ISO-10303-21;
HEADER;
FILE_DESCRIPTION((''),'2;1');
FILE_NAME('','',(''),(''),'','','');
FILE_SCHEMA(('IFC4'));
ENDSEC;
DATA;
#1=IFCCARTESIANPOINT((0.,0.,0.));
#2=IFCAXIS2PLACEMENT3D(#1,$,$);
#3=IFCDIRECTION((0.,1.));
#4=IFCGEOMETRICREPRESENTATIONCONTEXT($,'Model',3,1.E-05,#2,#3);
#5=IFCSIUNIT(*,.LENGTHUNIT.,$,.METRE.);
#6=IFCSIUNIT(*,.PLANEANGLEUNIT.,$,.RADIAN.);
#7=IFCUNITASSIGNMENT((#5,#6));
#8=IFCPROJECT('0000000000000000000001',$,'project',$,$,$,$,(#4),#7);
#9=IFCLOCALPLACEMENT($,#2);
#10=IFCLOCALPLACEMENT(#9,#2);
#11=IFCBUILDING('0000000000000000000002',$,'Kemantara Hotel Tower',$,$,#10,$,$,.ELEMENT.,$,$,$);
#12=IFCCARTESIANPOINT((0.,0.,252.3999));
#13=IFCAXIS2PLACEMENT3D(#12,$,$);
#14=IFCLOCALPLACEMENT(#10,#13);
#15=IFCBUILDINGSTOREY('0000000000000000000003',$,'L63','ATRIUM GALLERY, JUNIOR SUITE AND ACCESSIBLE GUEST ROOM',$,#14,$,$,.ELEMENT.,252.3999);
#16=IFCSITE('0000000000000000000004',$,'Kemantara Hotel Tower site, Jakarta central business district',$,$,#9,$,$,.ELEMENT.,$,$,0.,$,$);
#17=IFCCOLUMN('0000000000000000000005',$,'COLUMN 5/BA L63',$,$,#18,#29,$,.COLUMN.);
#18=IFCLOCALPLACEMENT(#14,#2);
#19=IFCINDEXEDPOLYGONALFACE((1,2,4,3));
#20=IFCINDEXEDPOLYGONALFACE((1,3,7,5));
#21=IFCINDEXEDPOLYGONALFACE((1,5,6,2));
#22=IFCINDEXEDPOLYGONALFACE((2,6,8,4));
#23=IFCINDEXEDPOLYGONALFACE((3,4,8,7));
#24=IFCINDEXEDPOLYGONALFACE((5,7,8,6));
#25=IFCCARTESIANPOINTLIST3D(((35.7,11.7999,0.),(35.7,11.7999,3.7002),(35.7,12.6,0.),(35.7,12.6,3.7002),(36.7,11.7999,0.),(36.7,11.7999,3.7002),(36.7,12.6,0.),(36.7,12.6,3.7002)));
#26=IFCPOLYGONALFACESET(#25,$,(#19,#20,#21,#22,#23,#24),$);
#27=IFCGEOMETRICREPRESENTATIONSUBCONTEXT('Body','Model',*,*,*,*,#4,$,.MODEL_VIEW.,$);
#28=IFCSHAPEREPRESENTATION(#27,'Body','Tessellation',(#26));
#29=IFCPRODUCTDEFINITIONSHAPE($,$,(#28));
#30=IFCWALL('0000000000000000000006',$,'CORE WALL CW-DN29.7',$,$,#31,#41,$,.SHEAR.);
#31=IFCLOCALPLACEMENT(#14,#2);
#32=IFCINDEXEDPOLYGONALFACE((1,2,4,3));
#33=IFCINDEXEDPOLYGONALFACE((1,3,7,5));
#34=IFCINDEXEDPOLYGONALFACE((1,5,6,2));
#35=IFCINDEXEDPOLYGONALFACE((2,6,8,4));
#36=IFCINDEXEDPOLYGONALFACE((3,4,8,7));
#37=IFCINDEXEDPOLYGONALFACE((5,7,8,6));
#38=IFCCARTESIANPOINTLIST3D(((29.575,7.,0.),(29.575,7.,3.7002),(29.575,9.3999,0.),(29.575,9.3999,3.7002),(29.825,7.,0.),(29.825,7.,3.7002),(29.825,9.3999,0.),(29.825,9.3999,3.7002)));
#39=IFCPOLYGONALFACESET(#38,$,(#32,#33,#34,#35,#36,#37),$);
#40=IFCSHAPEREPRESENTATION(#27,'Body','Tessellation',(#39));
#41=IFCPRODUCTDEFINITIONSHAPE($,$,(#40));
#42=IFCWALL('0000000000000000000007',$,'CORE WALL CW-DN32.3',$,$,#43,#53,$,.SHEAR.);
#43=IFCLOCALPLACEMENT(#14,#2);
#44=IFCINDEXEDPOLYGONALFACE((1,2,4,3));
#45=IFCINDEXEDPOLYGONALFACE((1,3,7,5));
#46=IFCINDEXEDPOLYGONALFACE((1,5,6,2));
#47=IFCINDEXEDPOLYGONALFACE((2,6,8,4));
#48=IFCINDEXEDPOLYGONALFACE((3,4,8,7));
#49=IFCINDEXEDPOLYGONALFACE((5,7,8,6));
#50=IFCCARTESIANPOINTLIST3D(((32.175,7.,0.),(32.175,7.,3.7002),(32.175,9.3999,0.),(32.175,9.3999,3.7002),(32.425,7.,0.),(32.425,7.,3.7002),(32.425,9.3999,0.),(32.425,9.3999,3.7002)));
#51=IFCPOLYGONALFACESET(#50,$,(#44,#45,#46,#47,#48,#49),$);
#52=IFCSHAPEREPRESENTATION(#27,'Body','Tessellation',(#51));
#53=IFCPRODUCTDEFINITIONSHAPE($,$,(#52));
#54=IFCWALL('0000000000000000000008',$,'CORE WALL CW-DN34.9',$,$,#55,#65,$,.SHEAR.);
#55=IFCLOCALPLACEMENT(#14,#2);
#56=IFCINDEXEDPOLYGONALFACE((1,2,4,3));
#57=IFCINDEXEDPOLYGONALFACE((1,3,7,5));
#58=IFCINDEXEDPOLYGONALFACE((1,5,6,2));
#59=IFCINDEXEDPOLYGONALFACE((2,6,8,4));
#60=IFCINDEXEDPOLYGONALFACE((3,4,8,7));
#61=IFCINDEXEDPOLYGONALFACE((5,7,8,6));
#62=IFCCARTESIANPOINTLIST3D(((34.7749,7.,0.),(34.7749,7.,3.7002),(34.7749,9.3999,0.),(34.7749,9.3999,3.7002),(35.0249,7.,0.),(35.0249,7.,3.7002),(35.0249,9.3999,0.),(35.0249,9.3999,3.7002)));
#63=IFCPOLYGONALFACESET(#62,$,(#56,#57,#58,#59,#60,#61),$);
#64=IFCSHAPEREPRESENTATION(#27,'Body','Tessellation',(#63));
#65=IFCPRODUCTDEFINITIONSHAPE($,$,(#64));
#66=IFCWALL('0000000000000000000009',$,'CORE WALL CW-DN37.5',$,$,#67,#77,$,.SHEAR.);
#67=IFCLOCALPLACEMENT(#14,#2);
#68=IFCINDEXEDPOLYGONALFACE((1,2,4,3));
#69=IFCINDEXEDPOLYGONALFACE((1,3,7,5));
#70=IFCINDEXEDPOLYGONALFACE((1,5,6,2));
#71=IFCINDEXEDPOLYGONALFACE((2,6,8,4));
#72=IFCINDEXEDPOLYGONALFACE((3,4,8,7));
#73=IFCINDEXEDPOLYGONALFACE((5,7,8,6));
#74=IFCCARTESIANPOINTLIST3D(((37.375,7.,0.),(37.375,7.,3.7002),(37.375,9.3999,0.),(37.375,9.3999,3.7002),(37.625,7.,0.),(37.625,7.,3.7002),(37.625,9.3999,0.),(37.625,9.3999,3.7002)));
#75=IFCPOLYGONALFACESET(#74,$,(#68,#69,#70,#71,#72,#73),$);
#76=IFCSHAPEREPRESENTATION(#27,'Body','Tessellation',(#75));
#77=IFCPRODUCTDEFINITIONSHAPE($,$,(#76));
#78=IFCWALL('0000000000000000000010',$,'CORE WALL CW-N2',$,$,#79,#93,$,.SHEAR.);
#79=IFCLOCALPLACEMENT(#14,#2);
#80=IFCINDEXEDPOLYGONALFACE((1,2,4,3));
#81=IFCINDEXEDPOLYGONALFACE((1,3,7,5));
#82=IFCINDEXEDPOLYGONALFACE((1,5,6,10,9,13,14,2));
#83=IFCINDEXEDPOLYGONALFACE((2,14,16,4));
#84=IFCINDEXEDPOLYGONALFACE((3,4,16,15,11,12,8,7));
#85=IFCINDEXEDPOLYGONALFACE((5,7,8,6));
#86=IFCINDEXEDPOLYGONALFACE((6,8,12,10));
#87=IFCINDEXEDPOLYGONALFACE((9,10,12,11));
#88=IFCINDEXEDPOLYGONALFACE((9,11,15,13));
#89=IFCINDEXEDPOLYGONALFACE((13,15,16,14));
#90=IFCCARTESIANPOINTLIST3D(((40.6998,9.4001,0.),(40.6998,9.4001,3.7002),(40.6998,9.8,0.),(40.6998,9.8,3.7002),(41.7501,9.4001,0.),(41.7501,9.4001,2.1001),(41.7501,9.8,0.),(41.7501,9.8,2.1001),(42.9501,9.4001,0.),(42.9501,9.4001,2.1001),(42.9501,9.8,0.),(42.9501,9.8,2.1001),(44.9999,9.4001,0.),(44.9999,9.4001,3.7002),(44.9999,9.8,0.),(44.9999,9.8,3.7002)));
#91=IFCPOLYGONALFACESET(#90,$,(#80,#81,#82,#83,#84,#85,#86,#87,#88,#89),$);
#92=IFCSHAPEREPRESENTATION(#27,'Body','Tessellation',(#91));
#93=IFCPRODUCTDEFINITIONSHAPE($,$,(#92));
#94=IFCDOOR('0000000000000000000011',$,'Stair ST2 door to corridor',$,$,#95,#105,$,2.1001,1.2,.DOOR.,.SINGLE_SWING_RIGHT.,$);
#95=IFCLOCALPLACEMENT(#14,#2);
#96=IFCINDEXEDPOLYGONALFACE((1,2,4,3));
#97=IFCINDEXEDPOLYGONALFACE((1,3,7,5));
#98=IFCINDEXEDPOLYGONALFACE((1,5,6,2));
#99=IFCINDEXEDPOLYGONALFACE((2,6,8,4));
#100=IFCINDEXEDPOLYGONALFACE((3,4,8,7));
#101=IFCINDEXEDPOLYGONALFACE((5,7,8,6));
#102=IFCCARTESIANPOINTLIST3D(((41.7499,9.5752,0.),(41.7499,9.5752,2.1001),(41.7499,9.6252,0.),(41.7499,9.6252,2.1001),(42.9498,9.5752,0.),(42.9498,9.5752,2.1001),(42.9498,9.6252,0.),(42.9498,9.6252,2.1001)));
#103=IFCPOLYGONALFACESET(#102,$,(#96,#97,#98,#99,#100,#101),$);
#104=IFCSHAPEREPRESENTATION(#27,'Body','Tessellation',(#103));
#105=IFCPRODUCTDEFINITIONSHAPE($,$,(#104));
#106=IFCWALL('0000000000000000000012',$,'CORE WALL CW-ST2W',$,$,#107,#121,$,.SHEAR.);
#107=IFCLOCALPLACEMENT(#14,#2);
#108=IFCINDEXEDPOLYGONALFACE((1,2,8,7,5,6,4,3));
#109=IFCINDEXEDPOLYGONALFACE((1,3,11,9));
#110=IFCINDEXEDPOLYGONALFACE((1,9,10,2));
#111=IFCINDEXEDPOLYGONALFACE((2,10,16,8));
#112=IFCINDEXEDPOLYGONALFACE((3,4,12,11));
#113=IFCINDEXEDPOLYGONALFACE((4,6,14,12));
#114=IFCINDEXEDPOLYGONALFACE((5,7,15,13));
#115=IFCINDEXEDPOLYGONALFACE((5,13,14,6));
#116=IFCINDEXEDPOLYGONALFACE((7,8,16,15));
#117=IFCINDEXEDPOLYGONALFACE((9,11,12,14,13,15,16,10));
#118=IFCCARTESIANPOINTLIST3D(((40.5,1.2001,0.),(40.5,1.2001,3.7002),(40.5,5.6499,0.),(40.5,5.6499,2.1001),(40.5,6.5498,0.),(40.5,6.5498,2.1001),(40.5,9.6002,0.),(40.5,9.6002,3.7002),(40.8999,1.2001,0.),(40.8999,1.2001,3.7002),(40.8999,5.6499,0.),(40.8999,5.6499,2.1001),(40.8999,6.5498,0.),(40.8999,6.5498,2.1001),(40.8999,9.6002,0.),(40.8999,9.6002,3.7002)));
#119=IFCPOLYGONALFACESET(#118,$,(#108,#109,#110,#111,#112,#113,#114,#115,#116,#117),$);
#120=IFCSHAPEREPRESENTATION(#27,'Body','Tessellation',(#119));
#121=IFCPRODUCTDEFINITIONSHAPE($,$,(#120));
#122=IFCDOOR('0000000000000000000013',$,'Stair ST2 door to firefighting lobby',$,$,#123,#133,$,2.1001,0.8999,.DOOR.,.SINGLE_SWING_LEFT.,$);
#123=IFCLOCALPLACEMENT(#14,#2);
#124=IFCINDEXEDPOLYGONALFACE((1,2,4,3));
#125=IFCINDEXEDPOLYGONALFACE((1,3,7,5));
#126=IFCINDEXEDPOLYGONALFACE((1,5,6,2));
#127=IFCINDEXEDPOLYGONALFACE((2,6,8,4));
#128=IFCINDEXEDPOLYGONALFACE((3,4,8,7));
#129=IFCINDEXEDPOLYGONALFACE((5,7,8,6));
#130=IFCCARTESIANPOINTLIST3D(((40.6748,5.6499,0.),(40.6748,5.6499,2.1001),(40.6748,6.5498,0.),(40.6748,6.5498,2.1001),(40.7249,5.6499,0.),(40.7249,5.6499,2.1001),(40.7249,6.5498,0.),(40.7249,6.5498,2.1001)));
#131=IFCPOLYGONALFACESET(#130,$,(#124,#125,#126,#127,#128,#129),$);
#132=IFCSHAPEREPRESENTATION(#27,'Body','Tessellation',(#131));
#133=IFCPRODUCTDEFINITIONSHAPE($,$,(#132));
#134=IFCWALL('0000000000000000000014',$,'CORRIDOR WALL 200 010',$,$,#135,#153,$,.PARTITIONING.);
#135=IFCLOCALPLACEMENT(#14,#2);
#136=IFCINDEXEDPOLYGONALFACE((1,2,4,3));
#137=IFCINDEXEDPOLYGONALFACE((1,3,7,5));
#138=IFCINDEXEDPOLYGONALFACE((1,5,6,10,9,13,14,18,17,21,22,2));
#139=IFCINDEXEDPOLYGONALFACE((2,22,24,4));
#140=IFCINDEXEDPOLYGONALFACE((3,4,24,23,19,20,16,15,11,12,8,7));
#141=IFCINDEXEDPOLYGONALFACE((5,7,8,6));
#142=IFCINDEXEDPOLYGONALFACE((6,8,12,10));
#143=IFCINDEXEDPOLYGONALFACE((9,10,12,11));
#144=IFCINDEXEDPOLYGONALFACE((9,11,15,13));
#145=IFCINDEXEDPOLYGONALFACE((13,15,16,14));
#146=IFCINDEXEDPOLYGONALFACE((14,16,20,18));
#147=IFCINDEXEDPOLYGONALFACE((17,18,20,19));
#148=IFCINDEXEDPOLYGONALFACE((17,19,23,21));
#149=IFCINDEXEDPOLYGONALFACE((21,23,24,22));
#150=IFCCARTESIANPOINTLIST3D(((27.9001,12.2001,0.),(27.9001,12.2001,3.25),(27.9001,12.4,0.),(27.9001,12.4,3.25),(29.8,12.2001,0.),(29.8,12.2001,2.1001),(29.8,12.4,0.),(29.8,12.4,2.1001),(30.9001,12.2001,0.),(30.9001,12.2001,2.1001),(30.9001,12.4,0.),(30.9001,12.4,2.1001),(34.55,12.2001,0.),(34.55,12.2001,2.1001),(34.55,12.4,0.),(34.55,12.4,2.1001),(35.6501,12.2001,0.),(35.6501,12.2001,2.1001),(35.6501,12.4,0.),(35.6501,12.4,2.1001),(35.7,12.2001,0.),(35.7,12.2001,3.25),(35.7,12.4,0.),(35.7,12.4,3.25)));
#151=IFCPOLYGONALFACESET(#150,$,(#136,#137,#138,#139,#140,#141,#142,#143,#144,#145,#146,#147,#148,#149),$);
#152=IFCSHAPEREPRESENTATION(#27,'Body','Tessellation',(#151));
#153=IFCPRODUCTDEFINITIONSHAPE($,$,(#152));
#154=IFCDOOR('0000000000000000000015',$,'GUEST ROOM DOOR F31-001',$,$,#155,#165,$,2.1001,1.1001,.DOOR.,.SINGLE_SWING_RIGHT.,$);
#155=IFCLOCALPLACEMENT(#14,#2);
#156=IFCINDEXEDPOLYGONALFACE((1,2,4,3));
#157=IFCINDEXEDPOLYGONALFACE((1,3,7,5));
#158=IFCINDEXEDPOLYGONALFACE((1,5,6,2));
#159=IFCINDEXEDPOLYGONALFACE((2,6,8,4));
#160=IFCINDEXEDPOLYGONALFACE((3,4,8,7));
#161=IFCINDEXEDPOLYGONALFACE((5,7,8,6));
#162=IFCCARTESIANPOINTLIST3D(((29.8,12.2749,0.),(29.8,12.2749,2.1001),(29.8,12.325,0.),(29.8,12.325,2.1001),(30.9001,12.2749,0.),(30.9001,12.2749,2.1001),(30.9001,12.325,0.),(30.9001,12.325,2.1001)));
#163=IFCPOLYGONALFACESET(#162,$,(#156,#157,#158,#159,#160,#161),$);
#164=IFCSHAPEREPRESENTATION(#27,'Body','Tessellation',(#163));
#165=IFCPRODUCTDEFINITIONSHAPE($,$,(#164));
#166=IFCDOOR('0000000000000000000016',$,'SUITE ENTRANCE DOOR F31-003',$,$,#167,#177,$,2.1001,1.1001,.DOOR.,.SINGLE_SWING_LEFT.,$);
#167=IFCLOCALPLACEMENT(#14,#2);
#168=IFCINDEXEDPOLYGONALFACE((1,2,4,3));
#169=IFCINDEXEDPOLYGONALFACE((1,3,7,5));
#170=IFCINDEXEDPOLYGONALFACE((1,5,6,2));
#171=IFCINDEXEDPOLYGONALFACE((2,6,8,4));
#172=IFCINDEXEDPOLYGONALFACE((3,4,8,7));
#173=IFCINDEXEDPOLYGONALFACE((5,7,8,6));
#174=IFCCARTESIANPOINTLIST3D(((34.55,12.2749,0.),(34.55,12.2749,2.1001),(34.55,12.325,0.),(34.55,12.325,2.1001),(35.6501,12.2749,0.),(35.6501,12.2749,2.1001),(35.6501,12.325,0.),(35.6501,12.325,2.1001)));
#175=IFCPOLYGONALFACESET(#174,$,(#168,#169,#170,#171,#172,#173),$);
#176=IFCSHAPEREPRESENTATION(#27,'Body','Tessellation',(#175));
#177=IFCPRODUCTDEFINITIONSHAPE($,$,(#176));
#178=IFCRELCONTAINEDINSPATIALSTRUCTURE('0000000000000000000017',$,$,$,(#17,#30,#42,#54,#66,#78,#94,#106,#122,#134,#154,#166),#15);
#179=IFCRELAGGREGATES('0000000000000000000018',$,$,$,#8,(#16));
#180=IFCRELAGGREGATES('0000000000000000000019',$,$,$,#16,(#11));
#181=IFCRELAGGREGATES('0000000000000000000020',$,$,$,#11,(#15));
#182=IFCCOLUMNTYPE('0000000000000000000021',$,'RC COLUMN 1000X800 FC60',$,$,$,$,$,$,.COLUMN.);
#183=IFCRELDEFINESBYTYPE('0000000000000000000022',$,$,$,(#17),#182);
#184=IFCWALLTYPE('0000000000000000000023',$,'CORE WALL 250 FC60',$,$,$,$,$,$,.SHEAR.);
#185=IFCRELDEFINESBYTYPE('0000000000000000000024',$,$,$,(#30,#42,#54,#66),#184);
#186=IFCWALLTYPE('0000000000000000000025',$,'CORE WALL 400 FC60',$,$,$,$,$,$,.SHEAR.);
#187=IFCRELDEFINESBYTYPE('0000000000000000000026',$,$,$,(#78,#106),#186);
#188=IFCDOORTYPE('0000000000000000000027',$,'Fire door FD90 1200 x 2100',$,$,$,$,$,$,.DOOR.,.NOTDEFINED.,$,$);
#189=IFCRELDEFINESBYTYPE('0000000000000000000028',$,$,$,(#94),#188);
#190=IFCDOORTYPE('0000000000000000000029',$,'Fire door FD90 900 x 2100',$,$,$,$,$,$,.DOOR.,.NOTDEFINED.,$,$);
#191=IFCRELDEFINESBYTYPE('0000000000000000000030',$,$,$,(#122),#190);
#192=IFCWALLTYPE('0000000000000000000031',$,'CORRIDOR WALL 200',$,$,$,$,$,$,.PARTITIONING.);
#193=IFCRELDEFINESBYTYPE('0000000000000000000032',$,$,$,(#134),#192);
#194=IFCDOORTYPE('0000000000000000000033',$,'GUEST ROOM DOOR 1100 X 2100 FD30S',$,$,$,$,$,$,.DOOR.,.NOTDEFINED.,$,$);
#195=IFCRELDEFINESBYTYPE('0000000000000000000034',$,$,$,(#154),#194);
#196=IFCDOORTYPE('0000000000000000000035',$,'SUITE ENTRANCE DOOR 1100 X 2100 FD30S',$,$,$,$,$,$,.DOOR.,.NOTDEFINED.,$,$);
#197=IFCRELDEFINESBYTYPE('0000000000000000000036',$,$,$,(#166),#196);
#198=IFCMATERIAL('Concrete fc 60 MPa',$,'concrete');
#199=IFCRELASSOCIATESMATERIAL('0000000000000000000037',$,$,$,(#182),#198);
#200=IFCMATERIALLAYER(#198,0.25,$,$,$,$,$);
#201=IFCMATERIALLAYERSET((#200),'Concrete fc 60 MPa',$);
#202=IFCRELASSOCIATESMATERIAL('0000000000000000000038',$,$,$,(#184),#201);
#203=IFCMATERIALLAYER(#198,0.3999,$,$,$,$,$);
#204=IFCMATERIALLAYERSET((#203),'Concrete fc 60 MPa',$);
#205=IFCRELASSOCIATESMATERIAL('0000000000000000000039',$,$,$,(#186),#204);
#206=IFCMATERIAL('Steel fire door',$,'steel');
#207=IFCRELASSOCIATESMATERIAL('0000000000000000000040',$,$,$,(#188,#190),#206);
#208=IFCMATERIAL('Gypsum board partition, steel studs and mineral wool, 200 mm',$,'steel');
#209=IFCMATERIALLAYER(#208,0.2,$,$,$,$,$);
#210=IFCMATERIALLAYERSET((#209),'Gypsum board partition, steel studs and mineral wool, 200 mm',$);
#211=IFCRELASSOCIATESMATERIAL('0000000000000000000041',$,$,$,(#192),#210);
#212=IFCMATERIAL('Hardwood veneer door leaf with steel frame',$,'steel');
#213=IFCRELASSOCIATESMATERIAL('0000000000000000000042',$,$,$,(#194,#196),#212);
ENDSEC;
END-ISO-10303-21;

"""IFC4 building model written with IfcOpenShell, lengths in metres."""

from ifc_helpers import new_model, si_unit, direction, frame, frame_2d, origin, origin_2d, place, context, subcontext, project, spatial, rectangle, extrude, material, layer, layer_set, material_profile, profile_set, type_object, element, fill, save


model = new_model("IFC4")

# Units and contexts
model_context = context("Model", 3, precision=1e-05, world=origin(), true_north=direction((0.0, 1.0)))
body_context = subcontext(model_context, "Body", "Model", "MODEL_VIEW")
ifc_project = project(units=[si_unit("LENGTHUNIT", "METRE"), si_unit("PLANEANGLEUNIT", "RADIAN")], contexts=[model_context])

# Site, building, storey
site_placement = place(None, origin())
site = spatial("IfcSite", under=ifc_project, at=site_placement, Name="Kemantara Hotel Tower site, Jakarta central business district", CompositionType="ELEMENT", RefElevation=0.0)
building_placement = place(site_placement, origin())
building = spatial("IfcBuilding", under=site, at=building_placement, Name="Kemantara Hotel Tower", CompositionType="ELEMENT")
storey_placement = place(building_placement, frame((0.0, 0.0, 252.3999)))
storey = spatial("IfcBuildingStorey", under=building, at=storey_placement, Name="L63", Description="ATRIUM GALLERY, JUNIOR SUITE AND ACCESSIBLE GUEST ROOM", CompositionType="ELEMENT", Elevation=252.3999)

# Column
ifc_material_1 = material(Name="Concrete fc 60 MPa", Category="concrete")
ifc_material_profile = material_profile(ifc_material_1, rectangle(XDim=1.0, YDim=0.8, at=origin_2d()), Name="RC 1000X800")
ifc_profile_set = profile_set([ifc_material_profile], Name="Concrete fc 60 MPa")
column_type = type_object("IfcColumnType", Name="RC COLUMN 1000X800 FC60", PredefinedType="COLUMN", material=ifc_profile_set)
column_placement = place(storey_placement, frame((36.2, 12.2, 0.0), z_axis=(0.0, 0.0, 1.0), x_axis=(1.0, 0.0, 0.0)))
element("IfcColumn", 1, at=column_placement, inside=storey, type_object=column_type, Name="COLUMN 5/BA L63", PredefinedType="COLUMN", context=body_context, shape_type="SweptSolid", body=[
    extrude(rectangle(XDim=1.0, YDim=0.8, at=origin_2d()), origin(), (0.0, 0.0, 1.0), 3.7002),
])

# Walls
ifc_layer_1 = layer(ifc_material_1, 0.25)
ifc_layer_set_1 = layer_set([ifc_layer_1], Name="Concrete fc 60 MPa")
wall_type_1 = type_object("IfcWallType", Name="CORE WALL 250 FC60", PredefinedType="SHEAR", material=ifc_layer_set_1)
for number, where, z_axis, x_axis, name in (
    (2, (29.7, 7.0, 0.0), (0.0, 0.0, 1.0), (0.0, 1.0, 0.0), "CORE WALL CW-DN29.7"),
    (3, (32.3, 7.0, 0.0), (0.0, 0.0, 1.0), (0.0, 1.0, 0.0), "CORE WALL CW-DN32.3"),
    (4, (34.8999, 7.0, 0.0), (0.0, 0.0, 1.0), (0.0, 1.0, 0.0), "CORE WALL CW-DN34.9"),
    (5, (37.5, 7.0, 0.0), (0.0, 0.0, 1.0), (0.0, 1.0, 0.0), "CORE WALL CW-DN37.5"),
):
    element("IfcWall", number, at=place(storey_placement, frame(where, z_axis=z_axis, x_axis=x_axis)), inside=storey, type_object=wall_type_1, Name=name, PredefinedType="SHEAR", context=body_context, shape_type="SweptSolid", body=[
        extrude(rectangle(XDim=2.3999, YDim=0.25, at=frame_2d((1.2, 0.0))), origin(), (0.0, 0.0, 1.0), 3.7002),
    ])

# Walls, openings, doors
ifc_layer_2 = layer(ifc_material_1, 0.3999)
ifc_layer_set_2 = layer_set([ifc_layer_2], Name="Concrete fc 60 MPa")
wall_type_2 = type_object("IfcWallType", Name="CORE WALL 400 FC60", PredefinedType="SHEAR", material=ifc_layer_set_2)
wall_1_placement = place(storey_placement, frame((40.7, 9.6001, 0.0), z_axis=(0.0, 0.0, 1.0), x_axis=(1.0, 0.0, 0.0)))
wall_1 = element("IfcWall", 6, at=wall_1_placement, inside=storey, type_object=wall_type_2, Name="CORE WALL CW-N2", PredefinedType="SHEAR", context=body_context, shape_type="SweptSolid", body=[
    extrude(rectangle(XDim=4.3, YDim=0.3999, at=frame_2d((2.1499, 0.0))), origin(), (0.0, 0.0, 1.0), 3.7002),
])
opening_1_placement = place(wall_1_placement, frame((1.05, 0.0, 0.0)))
opening_1 = element("IfcOpeningElement", 7, at=opening_1_placement, cuts=wall_1, PredefinedType="OPENING", context=body_context, shape_type="SweptSolid", body=[
    extrude(rectangle(XDim=1.2, YDim=2.1001, at=frame_2d((0.6001, 1.05))), frame((0.0, 0.21, 0.0), z_axis=(0.0, -1.0, 0.0), x_axis=(1.0, 0.0, 0.0)), (0.0, 0.0, 1.0), 0.4199),
])
ifc_material_2 = material(Name="Steel fire door", Category="steel")
door_type_1 = type_object("IfcDoorType", Name="Fire door FD90 1200 x 2100", OperationType="NOTDEFINED", PredefinedType="DOOR", material=ifc_material_2)
door_1_placement = place(opening_1_placement, frame((1.2, 0.0, 0.0), z_axis=(0.0, 0.0, 1.0), x_axis=(-1.0, 0.0, 0.0)))
door_1 = element("IfcDoor", 8, at=door_1_placement, inside=storey, type_object=door_type_1, Name="Stair ST2 door to corridor", OperationType="SINGLE_SWING_RIGHT", OverallHeight=2.1001, OverallWidth=1.2, PredefinedType="DOOR", context=body_context, shape_type="SweptSolid", body=[
    extrude(rectangle(XDim=1.2, YDim=2.1001, at=frame_2d((0.6001, 1.05))), frame((0.0, 0.0249, 0.0), z_axis=(0.0, -1.0, 0.0), x_axis=(1.0, 0.0, 0.0)), (0.0, 0.0, 1.0), 0.05),
])
fill(opening_1, door_1)
wall_2_placement = place(storey_placement, frame((40.7, 1.2, 0.0), z_axis=(0.0, 0.0, 1.0), x_axis=(0.0, 1.0, 0.0)))
wall_2 = element("IfcWall", 9, at=wall_2_placement, inside=storey, type_object=wall_type_2, Name="CORE WALL CW-ST2W", PredefinedType="SHEAR", context=body_context, shape_type="SweptSolid", body=[
    extrude(rectangle(XDim=8.4001, YDim=0.3999, at=frame_2d((4.2002, 0.0))), origin(), (0.0, 0.0, 1.0), 3.7002),
])
opening_2_placement = place(wall_2_placement, frame((4.45, 0.0, 0.0)))
opening_2 = element("IfcOpeningElement", 10, at=opening_2_placement, cuts=wall_2, PredefinedType="OPENING", context=body_context, shape_type="SweptSolid", body=[
    extrude(rectangle(XDim=0.8999, YDim=2.1001, at=frame_2d((0.45, 1.05))), frame((0.0, 0.21, 0.0), z_axis=(0.0, -1.0, 0.0), x_axis=(1.0, 0.0, 0.0)), (0.0, 0.0, 1.0), 0.4199),
])
door_type_2 = type_object("IfcDoorType", Name="Fire door FD90 900 x 2100", OperationType="NOTDEFINED", PredefinedType="DOOR", material=ifc_material_2)
door_2_placement = place(opening_2_placement, frame((0.8999, 0.0, 0.0), z_axis=(0.0, 0.0, 1.0), x_axis=(-1.0, 0.0, 0.0)))
door_2 = element("IfcDoor", 11, at=door_2_placement, inside=storey, type_object=door_type_2, Name="Stair ST2 door to firefighting lobby", OperationType="SINGLE_SWING_LEFT", OverallHeight=2.1001, OverallWidth=0.8999, PredefinedType="DOOR", context=body_context, shape_type="SweptSolid", body=[
    extrude(rectangle(XDim=0.8999, YDim=2.1001, at=frame_2d((0.45, 1.05))), frame((0.0, 0.0249, 0.0), z_axis=(0.0, -1.0, 0.0), x_axis=(1.0, 0.0, 0.0)), (0.0, 0.0, 1.0), 0.05),
])
fill(opening_2, door_2)

# Wall, openings, doors
ifc_material_3 = material(Name="Gypsum board partition, steel studs and mineral wool, 200 mm", Category="steel")
ifc_layer_3 = layer(ifc_material_3, 0.2)
ifc_layer_set_3 = layer_set([ifc_layer_3], Name="Gypsum board partition, steel studs and mineral wool, 200 mm")
wall_type_3 = type_object("IfcWallType", Name="CORRIDOR WALL 200", PredefinedType="PARTITIONING", material=ifc_layer_set_3)
wall_3_placement = place(storey_placement, frame((27.9001, 12.3, 0.0), z_axis=(0.0, 0.0, 1.0), x_axis=(1.0, 0.0, 0.0)))
wall_3 = element("IfcWall", 12, at=wall_3_placement, inside=storey, type_object=wall_type_3, Name="CORRIDOR WALL 200 010", PredefinedType="PARTITIONING", context=body_context, shape_type="SweptSolid", body=[
    extrude(rectangle(XDim=7.7998, YDim=0.2, at=frame_2d((3.8999, 0.0))), origin(), (0.0, 0.0, 1.0), 3.25),
])
opening_3_placement = place(wall_3_placement, frame((1.8999, 0.0, 0.0)))
opening_3 = element("IfcOpeningElement", 13, at=opening_3_placement, cuts=wall_3, PredefinedType="OPENING", context=body_context, shape_type="SweptSolid", body=[
    extrude(rectangle(XDim=1.1001, YDim=2.1001, at=frame_2d((0.55, 1.05))), frame((0.0, 0.1099, 0.0), z_axis=(0.0, -1.0, 0.0), x_axis=(1.0, 0.0, 0.0)), (0.0, 0.0, 1.0), 0.22),
])
opening_4_placement = place(wall_3_placement, frame((6.6499, 0.0, 0.0)))
opening_4 = element("IfcOpeningElement", 14, at=opening_4_placement, cuts=wall_3, PredefinedType="OPENING", context=body_context, shape_type="SweptSolid", body=[
    extrude(rectangle(XDim=1.1001, YDim=2.1001, at=frame_2d((0.55, 1.05))), frame((0.0, 0.1099, 0.0), z_axis=(0.0, -1.0, 0.0), x_axis=(1.0, 0.0, 0.0)), (0.0, 0.0, 1.0), 0.22),
])
ifc_material_4 = material(Name="Hardwood veneer door leaf with steel frame", Category="steel")
door_type_3 = type_object("IfcDoorType", Name="GUEST ROOM DOOR 1100 X 2100 FD30S", OperationType="NOTDEFINED", PredefinedType="DOOR", material=ifc_material_4)
door_3_placement = place(opening_3_placement, origin())
door_3 = element("IfcDoor", 15, at=door_3_placement, inside=storey, type_object=door_type_3, Name="GUEST ROOM DOOR F31-001", OperationType="SINGLE_SWING_RIGHT", OverallHeight=2.1001, OverallWidth=1.1001, PredefinedType="DOOR", context=body_context, shape_type="SweptSolid", body=[
    extrude(rectangle(XDim=1.1001, YDim=2.1001, at=frame_2d((0.55, 1.05))), frame((0.0, 0.0249, 0.0), z_axis=(0.0, -1.0, 0.0), x_axis=(1.0, 0.0, 0.0)), (0.0, 0.0, 1.0), 0.05),
])
fill(opening_3, door_3)
door_type_4 = type_object("IfcDoorType", Name="SUITE ENTRANCE DOOR 1100 X 2100 FD30S", OperationType="NOTDEFINED", PredefinedType="DOOR", material=ifc_material_4)
door_4_placement = place(opening_4_placement, origin())
door_4 = element("IfcDoor", 16, at=door_4_placement, inside=storey, type_object=door_type_4, Name="SUITE ENTRANCE DOOR F31-003", OperationType="SINGLE_SWING_LEFT", OverallHeight=2.1001, OverallWidth=1.1001, PredefinedType="DOOR", context=body_context, shape_type="SweptSolid", body=[
    extrude(rectangle(XDim=1.1001, YDim=2.1001, at=frame_2d((0.55, 1.05))), frame((0.0, 0.0249, 0.0), z_axis=(0.0, -1.0, 0.0), x_axis=(1.0, 0.0, 0.0)), (0.0, 0.0, 1.0), 0.05),
])
fill(opening_4, door_4)

save(model, "model.ifc")
